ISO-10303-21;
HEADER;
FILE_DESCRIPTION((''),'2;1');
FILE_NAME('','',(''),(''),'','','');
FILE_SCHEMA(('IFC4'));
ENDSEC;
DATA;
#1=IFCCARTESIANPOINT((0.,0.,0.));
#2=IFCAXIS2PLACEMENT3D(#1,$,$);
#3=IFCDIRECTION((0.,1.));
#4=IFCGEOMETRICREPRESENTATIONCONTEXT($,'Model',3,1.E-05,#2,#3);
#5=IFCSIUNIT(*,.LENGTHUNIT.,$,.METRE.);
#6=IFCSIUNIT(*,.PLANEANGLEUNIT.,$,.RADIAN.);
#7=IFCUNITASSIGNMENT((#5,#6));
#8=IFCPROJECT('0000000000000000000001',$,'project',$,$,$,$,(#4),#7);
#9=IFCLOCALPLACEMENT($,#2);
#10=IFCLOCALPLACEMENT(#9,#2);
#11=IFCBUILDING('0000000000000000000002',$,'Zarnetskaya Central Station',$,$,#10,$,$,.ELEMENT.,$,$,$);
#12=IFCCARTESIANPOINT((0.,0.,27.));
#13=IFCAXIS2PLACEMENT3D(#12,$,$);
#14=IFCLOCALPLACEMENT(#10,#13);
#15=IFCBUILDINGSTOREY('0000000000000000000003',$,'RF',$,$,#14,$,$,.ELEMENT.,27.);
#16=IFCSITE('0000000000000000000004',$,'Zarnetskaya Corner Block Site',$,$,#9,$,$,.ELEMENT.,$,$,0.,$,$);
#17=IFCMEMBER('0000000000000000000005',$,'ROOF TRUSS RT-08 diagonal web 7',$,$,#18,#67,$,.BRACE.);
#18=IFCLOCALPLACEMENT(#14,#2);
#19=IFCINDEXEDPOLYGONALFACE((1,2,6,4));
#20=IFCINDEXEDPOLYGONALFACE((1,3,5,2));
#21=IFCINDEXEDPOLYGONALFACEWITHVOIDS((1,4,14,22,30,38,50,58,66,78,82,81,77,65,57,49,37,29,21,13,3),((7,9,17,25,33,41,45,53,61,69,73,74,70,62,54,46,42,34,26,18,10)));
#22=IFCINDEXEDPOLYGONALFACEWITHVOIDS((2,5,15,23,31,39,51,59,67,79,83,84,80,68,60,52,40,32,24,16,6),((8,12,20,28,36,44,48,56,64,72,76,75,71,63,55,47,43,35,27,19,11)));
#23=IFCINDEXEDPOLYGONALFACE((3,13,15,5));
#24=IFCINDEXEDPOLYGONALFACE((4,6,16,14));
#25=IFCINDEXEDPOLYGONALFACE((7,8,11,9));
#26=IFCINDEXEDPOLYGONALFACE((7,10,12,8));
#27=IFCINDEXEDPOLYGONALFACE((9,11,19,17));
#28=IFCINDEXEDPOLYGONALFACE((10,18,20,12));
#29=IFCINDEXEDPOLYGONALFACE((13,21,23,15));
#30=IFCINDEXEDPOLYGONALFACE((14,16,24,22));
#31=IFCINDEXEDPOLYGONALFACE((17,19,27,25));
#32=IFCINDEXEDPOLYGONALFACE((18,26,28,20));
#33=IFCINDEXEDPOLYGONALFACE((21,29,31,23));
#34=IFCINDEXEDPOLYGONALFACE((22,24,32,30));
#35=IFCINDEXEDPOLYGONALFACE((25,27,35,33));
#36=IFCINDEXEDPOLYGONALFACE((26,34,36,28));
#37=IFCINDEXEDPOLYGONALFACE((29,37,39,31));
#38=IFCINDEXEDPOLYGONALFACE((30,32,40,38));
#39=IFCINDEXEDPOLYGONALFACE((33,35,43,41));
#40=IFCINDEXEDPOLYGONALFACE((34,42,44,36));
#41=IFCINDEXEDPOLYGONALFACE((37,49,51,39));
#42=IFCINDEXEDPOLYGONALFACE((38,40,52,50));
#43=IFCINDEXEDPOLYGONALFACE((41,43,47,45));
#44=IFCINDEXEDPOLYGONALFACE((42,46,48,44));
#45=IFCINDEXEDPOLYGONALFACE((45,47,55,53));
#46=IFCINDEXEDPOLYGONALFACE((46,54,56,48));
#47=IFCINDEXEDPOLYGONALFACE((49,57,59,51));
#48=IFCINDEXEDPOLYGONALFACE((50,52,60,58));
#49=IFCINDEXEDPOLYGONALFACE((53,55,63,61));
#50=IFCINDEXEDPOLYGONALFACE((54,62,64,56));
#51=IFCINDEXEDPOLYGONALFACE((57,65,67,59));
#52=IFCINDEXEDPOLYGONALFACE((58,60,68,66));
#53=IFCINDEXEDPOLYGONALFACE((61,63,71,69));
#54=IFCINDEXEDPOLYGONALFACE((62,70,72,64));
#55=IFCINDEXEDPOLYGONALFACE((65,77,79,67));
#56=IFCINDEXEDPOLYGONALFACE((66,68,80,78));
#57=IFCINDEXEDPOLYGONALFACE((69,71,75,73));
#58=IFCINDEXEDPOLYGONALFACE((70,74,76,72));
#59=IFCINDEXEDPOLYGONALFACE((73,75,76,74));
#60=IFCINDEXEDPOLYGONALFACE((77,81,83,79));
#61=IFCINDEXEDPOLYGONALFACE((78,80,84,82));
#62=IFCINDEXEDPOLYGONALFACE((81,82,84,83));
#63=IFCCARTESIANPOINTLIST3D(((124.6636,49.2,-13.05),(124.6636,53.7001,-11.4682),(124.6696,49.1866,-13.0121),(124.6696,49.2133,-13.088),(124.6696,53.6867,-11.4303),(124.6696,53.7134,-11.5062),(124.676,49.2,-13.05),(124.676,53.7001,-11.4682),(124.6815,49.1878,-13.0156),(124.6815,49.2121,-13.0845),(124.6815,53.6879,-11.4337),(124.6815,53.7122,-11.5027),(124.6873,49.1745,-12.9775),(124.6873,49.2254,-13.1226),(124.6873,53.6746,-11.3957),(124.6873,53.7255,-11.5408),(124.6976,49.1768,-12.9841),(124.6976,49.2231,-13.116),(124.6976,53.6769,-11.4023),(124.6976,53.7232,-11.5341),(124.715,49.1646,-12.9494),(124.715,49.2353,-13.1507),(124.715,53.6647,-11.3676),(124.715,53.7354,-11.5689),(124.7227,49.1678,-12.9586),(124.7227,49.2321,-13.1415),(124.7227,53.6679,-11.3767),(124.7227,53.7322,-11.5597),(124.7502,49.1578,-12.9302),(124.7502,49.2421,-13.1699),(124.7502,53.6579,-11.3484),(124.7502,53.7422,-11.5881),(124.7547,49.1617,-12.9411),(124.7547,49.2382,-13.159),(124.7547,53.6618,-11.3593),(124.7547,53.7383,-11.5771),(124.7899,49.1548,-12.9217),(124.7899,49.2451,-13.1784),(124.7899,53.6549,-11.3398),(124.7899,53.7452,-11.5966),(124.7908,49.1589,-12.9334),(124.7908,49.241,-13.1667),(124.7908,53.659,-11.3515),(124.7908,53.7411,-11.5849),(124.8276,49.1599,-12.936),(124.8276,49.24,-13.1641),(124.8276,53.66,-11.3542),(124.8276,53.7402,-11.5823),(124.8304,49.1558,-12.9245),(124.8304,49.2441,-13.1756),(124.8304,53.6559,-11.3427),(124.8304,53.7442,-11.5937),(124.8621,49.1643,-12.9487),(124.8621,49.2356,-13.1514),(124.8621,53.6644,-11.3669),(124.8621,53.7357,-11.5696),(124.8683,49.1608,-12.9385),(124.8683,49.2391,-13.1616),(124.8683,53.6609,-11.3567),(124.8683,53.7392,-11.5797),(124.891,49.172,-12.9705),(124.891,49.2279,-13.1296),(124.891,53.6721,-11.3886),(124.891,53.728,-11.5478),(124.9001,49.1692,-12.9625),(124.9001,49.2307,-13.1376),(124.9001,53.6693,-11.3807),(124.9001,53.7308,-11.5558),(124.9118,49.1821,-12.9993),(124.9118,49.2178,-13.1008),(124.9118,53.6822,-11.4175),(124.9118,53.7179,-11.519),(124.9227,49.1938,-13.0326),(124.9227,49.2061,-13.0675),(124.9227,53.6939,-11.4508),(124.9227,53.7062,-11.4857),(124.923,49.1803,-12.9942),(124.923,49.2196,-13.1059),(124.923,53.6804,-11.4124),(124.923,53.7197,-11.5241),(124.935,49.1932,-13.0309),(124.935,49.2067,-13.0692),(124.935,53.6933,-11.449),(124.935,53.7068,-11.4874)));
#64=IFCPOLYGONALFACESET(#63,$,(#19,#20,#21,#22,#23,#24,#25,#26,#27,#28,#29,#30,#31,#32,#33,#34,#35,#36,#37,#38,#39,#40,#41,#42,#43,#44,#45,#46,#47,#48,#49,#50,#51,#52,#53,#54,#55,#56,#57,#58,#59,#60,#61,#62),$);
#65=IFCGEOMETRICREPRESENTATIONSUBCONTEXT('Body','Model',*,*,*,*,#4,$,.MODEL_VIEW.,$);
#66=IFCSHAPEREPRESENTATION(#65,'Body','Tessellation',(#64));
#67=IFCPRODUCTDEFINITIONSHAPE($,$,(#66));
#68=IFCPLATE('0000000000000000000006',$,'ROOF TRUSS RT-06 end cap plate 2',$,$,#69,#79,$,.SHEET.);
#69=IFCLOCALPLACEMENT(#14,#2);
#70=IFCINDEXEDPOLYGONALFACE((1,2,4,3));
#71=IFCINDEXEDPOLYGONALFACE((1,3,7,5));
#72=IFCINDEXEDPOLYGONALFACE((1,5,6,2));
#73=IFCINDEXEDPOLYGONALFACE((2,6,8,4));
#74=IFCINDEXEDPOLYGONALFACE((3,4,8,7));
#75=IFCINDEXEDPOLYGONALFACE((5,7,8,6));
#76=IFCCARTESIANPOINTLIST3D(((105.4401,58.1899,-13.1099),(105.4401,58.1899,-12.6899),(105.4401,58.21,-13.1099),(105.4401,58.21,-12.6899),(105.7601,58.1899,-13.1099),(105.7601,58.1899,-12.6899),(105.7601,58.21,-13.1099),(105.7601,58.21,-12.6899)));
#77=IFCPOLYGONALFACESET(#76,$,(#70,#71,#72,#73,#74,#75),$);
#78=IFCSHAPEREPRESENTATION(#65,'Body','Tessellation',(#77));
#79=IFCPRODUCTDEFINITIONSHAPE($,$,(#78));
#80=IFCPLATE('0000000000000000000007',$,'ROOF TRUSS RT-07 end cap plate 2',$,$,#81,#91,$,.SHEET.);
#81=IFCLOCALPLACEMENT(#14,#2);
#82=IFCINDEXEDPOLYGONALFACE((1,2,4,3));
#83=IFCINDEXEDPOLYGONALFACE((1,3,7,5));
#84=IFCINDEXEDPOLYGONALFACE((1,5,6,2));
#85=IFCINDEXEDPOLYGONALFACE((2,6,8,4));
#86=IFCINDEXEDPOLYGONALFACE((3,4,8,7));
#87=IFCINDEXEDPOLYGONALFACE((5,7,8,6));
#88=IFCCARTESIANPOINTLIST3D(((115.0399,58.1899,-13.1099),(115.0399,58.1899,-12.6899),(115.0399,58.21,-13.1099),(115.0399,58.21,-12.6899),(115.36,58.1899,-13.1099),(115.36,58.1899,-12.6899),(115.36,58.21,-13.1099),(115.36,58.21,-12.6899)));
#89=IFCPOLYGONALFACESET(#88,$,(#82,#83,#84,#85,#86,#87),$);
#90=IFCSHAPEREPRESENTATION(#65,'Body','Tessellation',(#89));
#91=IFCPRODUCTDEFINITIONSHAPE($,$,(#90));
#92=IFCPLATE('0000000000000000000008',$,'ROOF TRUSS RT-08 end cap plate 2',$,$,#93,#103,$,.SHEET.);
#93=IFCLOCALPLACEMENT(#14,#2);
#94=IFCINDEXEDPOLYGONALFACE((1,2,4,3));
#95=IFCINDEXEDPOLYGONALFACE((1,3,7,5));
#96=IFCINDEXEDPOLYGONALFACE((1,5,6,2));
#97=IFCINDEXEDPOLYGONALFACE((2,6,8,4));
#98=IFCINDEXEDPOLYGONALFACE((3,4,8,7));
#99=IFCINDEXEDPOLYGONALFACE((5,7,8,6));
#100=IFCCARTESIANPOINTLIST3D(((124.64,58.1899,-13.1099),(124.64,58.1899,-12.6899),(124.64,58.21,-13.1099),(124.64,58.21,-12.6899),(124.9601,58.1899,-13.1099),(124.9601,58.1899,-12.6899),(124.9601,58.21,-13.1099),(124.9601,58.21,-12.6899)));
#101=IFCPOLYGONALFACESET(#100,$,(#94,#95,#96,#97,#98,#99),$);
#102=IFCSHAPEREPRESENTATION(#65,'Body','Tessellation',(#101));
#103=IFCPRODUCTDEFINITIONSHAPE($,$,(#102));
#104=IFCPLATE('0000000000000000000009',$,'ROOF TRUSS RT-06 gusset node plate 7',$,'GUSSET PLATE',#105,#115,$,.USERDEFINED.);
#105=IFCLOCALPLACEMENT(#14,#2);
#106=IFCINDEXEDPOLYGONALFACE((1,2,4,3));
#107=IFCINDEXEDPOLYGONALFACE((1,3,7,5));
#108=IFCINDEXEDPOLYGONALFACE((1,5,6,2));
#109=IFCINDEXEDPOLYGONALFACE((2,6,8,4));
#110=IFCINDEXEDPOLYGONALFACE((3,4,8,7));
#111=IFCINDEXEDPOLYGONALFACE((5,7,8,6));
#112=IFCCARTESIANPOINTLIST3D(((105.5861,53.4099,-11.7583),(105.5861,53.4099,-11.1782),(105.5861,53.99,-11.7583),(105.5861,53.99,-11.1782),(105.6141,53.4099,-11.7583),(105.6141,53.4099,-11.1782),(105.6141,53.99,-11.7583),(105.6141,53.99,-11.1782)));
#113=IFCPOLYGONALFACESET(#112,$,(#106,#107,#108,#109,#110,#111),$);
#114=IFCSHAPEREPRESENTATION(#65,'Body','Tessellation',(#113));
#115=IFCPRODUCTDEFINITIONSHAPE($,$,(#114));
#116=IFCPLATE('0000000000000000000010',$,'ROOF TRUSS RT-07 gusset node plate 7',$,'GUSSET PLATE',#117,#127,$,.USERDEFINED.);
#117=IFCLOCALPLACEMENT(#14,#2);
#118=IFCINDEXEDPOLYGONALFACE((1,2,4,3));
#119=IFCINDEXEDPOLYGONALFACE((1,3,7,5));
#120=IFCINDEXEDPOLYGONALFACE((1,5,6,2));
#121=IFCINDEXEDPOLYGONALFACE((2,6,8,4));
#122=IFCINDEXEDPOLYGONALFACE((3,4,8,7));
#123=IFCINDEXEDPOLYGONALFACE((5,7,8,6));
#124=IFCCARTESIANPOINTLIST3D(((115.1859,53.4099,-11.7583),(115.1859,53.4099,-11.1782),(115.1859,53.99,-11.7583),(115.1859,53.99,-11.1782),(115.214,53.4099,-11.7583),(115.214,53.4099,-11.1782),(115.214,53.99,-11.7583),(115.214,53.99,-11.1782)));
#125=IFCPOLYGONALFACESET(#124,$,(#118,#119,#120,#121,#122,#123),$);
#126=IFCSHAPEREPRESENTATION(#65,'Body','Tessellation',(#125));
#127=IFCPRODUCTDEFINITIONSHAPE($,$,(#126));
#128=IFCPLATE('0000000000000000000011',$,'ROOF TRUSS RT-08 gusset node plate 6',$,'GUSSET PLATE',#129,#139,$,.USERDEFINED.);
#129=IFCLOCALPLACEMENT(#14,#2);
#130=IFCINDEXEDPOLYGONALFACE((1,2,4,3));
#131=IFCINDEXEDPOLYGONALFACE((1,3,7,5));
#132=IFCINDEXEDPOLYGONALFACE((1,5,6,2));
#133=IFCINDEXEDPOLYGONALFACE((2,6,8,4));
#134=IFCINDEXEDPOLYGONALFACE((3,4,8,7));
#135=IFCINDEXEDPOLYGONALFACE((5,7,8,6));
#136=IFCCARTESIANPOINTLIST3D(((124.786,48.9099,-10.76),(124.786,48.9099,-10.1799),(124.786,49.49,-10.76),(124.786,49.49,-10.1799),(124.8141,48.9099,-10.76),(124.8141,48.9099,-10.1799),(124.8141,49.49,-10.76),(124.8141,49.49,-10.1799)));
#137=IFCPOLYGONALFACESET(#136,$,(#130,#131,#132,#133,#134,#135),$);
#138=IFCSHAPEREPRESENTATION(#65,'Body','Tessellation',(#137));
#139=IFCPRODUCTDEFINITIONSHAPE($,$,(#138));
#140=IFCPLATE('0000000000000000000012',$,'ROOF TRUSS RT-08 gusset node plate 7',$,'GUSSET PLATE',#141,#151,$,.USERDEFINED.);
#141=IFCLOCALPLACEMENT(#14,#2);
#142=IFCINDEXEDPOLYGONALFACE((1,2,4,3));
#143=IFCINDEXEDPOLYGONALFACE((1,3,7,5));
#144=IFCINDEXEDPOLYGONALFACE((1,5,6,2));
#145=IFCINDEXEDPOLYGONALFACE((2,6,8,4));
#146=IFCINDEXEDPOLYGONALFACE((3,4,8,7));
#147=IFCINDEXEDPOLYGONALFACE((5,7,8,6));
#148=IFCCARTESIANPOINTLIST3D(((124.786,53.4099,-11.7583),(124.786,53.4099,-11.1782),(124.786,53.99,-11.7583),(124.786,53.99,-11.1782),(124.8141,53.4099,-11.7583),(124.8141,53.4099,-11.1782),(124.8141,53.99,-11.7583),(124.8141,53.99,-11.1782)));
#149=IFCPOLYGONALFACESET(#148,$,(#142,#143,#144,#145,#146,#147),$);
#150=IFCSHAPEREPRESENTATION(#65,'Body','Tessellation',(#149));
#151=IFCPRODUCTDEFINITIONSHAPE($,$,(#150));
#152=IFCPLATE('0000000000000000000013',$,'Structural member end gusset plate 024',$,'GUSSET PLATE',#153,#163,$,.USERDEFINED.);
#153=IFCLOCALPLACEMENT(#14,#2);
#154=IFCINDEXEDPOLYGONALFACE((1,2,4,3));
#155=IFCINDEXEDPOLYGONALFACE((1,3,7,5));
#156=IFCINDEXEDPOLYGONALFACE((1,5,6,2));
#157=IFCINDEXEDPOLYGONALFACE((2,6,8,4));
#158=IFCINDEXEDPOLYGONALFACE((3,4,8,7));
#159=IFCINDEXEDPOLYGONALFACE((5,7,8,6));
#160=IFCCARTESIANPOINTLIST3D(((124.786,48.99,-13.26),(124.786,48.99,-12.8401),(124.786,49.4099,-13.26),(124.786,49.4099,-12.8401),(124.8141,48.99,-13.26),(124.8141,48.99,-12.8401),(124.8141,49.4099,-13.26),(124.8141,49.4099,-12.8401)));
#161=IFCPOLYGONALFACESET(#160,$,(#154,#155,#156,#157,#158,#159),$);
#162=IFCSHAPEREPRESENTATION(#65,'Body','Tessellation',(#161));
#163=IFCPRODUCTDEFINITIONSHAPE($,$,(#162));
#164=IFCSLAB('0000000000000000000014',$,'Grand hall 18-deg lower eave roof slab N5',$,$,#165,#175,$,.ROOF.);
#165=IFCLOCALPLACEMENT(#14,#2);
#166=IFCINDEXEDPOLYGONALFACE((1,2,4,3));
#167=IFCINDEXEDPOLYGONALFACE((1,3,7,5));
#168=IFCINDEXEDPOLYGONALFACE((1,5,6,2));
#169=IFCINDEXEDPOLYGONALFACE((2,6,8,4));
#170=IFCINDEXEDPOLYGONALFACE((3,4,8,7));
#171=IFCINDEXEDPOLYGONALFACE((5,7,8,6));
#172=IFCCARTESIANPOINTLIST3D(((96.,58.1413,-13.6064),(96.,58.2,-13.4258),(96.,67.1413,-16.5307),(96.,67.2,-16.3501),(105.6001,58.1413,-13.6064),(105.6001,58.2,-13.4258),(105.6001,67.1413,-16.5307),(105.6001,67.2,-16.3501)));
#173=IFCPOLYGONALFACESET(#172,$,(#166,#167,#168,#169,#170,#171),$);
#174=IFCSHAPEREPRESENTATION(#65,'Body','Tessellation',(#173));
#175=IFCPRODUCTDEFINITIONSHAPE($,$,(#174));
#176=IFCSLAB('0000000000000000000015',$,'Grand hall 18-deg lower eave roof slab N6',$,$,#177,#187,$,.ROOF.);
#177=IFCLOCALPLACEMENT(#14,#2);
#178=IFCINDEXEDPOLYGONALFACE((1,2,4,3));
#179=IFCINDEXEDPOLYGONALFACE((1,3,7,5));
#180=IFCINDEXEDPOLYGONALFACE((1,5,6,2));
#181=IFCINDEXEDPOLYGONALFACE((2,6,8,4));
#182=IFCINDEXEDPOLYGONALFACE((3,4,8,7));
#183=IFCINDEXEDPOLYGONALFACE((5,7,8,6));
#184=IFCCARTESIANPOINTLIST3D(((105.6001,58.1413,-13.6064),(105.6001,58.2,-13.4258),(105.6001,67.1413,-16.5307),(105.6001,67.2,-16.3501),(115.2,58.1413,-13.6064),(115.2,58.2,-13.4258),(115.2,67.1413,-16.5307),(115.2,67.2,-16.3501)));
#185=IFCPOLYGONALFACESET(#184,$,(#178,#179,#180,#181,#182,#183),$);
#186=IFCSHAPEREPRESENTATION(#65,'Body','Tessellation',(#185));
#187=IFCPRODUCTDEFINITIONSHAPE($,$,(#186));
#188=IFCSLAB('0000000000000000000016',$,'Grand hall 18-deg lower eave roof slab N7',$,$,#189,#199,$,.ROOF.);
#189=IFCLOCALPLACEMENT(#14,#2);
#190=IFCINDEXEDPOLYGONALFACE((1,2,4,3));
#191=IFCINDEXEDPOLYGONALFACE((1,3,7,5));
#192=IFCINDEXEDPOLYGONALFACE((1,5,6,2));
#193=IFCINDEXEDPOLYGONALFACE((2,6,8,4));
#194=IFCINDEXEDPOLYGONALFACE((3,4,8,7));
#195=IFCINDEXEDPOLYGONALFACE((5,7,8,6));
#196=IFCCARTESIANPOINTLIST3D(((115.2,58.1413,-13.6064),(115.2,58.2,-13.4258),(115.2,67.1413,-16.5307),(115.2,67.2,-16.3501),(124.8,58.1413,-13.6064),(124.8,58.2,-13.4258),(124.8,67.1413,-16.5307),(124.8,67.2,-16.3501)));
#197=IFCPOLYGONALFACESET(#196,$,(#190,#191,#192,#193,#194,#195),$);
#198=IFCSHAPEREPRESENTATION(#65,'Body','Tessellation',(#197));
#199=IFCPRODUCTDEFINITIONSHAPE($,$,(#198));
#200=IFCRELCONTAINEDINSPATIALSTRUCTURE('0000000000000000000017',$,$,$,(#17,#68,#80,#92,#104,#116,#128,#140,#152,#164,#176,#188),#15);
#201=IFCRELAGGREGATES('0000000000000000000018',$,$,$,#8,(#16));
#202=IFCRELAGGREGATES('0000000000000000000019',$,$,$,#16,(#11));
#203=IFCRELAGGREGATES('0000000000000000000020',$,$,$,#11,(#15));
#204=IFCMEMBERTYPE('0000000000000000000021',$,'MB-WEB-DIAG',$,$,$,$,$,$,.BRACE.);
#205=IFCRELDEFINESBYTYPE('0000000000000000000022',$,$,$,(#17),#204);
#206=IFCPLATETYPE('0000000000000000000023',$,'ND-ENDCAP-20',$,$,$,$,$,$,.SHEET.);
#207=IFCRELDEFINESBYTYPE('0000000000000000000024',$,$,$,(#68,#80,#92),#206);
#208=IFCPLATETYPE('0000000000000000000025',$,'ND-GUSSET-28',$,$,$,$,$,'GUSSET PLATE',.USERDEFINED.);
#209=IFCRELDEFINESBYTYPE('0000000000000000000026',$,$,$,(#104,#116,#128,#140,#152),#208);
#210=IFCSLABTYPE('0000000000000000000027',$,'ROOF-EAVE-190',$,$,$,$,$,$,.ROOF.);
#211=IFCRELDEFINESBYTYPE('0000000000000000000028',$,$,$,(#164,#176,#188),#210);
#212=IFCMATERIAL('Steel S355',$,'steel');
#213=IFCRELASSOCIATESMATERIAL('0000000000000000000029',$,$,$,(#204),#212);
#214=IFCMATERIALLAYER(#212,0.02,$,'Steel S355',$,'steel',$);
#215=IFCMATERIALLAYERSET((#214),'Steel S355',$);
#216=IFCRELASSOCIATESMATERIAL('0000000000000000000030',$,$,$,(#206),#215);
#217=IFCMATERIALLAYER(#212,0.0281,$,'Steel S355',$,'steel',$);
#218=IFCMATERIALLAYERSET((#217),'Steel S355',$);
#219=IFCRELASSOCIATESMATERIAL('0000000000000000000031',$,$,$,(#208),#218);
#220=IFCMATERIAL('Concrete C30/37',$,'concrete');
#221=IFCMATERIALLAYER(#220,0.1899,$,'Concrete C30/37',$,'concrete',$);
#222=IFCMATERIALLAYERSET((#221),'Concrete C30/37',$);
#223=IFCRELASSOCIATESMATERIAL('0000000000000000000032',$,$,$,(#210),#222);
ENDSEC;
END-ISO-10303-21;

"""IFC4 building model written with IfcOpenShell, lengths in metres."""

from ifc_helpers import new_model, si_unit, direction, frame, origin, origin_2d, place, context, subcontext, project, spatial, polyline, rectangle, hollow_circle, outline, extrude, material, layer, layer_set, material_profile, profile_set, type_object, element, save


model = new_model("IFC4")

# Units and contexts
model_context = context("Model", 3, precision=1e-05, world=origin(), true_north=direction((0.0, 1.0)))
body_context = subcontext(model_context, "Body", "Model", "MODEL_VIEW")
ifc_project = project(units=[si_unit("LENGTHUNIT", "METRE"), si_unit("PLANEANGLEUNIT", "RADIAN")], contexts=[model_context])

# Site, building, storey
site_placement = place(None, origin())
site = spatial("IfcSite", under=ifc_project, at=site_placement, Name="Zarnetskaya Corner Block Site", CompositionType="ELEMENT", RefElevation=0.0)
building_placement = place(site_placement, origin())
building = spatial("IfcBuilding", under=site, at=building_placement, Name="Zarnetskaya Central Station", CompositionType="ELEMENT")
storey_placement = place(building_placement, frame((0.0, 0.0, 27.0)))
storey = spatial("IfcBuildingStorey", under=building, at=storey_placement, Name="RF", CompositionType="ELEMENT", Elevation=27.0)

# Shared definitions
ifc_material_1 = material(Name="Steel S355", Category="steel")

# Member
ifc_material_profile_1 = material_profile(ifc_material_1, hollow_circle(Radius=0.1365, WallThickness=0.0125, at=origin_2d()), Name="CHS 273x12.5")
ifc_profile_set_1 = profile_set([ifc_material_profile_1], Name="Steel S355")
member_type_1 = type_object("IfcMemberType", Name="MB-WEB-DIAG", PredefinedType="BRACE", material=ifc_profile_set_1)
member_placement = place(storey_placement, frame((124.8, 49.2, -13.05), z_axis=(0.0, 0.943414, 0.331618), x_axis=(-1.0, 0.0, 0.0)))
element("IfcMember", 1, at=member_placement, inside=storey, type_object=member_type_1, Name="ROOF TRUSS RT-08 diagonal web 7", PredefinedType="BRACE", context=body_context, shape_type="SweptSolid", body=[
    extrude(hollow_circle(Radius=0.1365, WallThickness=0.0125, at=origin_2d()), origin(), (0.0, 0.0, 1.0), 4.77),
])

# Plates
ifc_layer_1 = layer(ifc_material_1, 0.02, Name="Steel S355", Category="steel")
ifc_layer_set_1 = layer_set([ifc_layer_1], Name="Steel S355")
plate_type_1 = type_object("IfcPlateType", Name="ND-ENDCAP-20", PredefinedType="SHEET", material=ifc_layer_set_1)
for number, where, z_axis, x_axis, name in (
    (2, (105.6001, 58.2, -13.1099), (0.0, 0.0, 1.0), (1.0, 0.0, 0.0), "ROOF TRUSS RT-06 end cap plate 2"),
    (3, (115.2, 58.2, -13.1099), (0.0, 0.0, 1.0), (1.0, 0.0, 0.0), "ROOF TRUSS RT-07 end cap plate 2"),
    (4, (124.8, 58.2, -13.1099), (0.0, 0.0, 1.0), (1.0, 0.0, 0.0), "ROOF TRUSS RT-08 end cap plate 2"),
):
    element("IfcPlate", number, at=place(storey_placement, frame(where, z_axis=z_axis, x_axis=x_axis)), inside=storey, type_object=plate_type_1, Name=name, PredefinedType="SHEET", context=body_context, shape_type="SweptSolid", body=[
        extrude(rectangle(XDim=0.3201, YDim=0.02, at=origin_2d()), origin(), (0.0, 0.0, 1.0), 0.4199),
    ])
ifc_layer_2 = layer(ifc_material_1, 0.0281, Name="Steel S355", Category="steel")
ifc_layer_set_2 = layer_set([ifc_layer_2], Name="Steel S355")
plate_type_2 = type_object("IfcPlateType", Name="ND-GUSSET-28", ElementType="GUSSET PLATE", PredefinedType="USERDEFINED", material=ifc_layer_set_2)
for number, where, z_axis, x_axis, name in (
    (5, (105.6001, 53.7, -11.7583), (0.0, 0.0, 1.0), (1.0, 0.0, 0.0), "ROOF TRUSS RT-06 gusset node plate 7"),
    (6, (115.2, 53.7, -11.7583), (0.0, 0.0, 1.0), (1.0, 0.0, 0.0), "ROOF TRUSS RT-07 gusset node plate 7"),
    (7, (124.8, 49.2, -10.76), (0.0, 0.0, 1.0), (1.0, 0.0, 0.0), "ROOF TRUSS RT-08 gusset node plate 6"),
    (8, (124.8, 53.7, -11.7583), (0.0, 0.0, 1.0), (1.0, 0.0, 0.0), "ROOF TRUSS RT-08 gusset node plate 7"),
):
    element("IfcPlate", number, at=place(storey_placement, frame(where, z_axis=z_axis, x_axis=x_axis)), inside=storey, type_object=plate_type_2, Name=name, ObjectType="GUSSET PLATE", PredefinedType="USERDEFINED", context=body_context, shape_type="SweptSolid", body=[
        extrude(rectangle(XDim=0.0281, YDim=0.5801, at=origin_2d()), origin(), (0.0, 0.0, 1.0), 0.5801),
    ])
plate_placement = place(storey_placement, frame((124.8, 49.2, -13.26), z_axis=(0.0, 0.0, 1.0), x_axis=(1.0, 0.0, 0.0)))
element("IfcPlate", 9, at=plate_placement, inside=storey, type_object=plate_type_2, Name="Structural member end gusset plate 024", ObjectType="GUSSET PLATE", PredefinedType="USERDEFINED", context=body_context, shape_type="SweptSolid", body=[
    extrude(rectangle(XDim=0.0281, YDim=0.4199, at=origin_2d()), origin(), (0.0, 0.0, 1.0), 0.4199),
])

# Slabs
ifc_material_2 = material(Name="Concrete C30/37", Category="concrete")
ifc_layer_3 = layer(ifc_material_2, 0.1899, Name="Concrete C30/37", Category="concrete")
ifc_layer_set_3 = layer_set([ifc_layer_3], Name="Concrete C30/37")
slab_type_1 = type_object("IfcSlabType", Name="ROOF-EAVE-190", PredefinedType="ROOF", material=ifc_layer_set_3)
slab_1_placement = place(storey_placement, frame((105.6001, 67.2, -16.3501), z_axis=(0.0, 0.309021, 0.951055), x_axis=(-1.0, 0.0, 0.0)))
element("IfcSlab", 10, at=slab_1_placement, inside=storey, type_object=slab_type_1, Name="Grand hall 18-deg lower eave roof slab N5", PredefinedType="ROOF", context=body_context, shape_type="SweptSolid", body=[
    extrude(outline(polyline([(0.0, 0.0), (9.6001, 0.0), (9.6001, 9.4632), (0.0, 9.4632), (0.0, 0.0)])), origin(), (0.0, 0.0, -1.0), 0.1899),
])
slab_2_placement = place(storey_placement, frame((115.2, 67.2, -16.3501), z_axis=(0.0, 0.309021, 0.951055), x_axis=(-1.0, 0.0, 0.0)))
element("IfcSlab", 11, at=slab_2_placement, inside=storey, type_object=slab_type_1, Name="Grand hall 18-deg lower eave roof slab N6", PredefinedType="ROOF", context=body_context, shape_type="SweptSolid", body=[
    extrude(outline(polyline([(0.0, 0.0), (9.5999, 0.0), (9.5999, 9.4632), (0.0, 9.4632), (0.0, 0.0)])), origin(), (0.0, 0.0, -1.0), 0.1899),
])
slab_3_placement = place(storey_placement, frame((124.8, 67.2, -16.3501), z_axis=(0.0, 0.309021, 0.951055), x_axis=(-1.0, 0.0, 0.0)))
element("IfcSlab", 12, at=slab_3_placement, inside=storey, type_object=slab_type_1, Name="Grand hall 18-deg lower eave roof slab N7", PredefinedType="ROOF", context=body_context, shape_type="SweptSolid", body=[
    extrude(outline(polyline([(0.0, 0.0), (9.6001, 0.0), (9.6001, 9.4632), (0.0, 9.4632), (0.0, 0.0)])), origin(), (0.0, 0.0, -1.0), 0.1899),
])

save(model, "model.ifc")
